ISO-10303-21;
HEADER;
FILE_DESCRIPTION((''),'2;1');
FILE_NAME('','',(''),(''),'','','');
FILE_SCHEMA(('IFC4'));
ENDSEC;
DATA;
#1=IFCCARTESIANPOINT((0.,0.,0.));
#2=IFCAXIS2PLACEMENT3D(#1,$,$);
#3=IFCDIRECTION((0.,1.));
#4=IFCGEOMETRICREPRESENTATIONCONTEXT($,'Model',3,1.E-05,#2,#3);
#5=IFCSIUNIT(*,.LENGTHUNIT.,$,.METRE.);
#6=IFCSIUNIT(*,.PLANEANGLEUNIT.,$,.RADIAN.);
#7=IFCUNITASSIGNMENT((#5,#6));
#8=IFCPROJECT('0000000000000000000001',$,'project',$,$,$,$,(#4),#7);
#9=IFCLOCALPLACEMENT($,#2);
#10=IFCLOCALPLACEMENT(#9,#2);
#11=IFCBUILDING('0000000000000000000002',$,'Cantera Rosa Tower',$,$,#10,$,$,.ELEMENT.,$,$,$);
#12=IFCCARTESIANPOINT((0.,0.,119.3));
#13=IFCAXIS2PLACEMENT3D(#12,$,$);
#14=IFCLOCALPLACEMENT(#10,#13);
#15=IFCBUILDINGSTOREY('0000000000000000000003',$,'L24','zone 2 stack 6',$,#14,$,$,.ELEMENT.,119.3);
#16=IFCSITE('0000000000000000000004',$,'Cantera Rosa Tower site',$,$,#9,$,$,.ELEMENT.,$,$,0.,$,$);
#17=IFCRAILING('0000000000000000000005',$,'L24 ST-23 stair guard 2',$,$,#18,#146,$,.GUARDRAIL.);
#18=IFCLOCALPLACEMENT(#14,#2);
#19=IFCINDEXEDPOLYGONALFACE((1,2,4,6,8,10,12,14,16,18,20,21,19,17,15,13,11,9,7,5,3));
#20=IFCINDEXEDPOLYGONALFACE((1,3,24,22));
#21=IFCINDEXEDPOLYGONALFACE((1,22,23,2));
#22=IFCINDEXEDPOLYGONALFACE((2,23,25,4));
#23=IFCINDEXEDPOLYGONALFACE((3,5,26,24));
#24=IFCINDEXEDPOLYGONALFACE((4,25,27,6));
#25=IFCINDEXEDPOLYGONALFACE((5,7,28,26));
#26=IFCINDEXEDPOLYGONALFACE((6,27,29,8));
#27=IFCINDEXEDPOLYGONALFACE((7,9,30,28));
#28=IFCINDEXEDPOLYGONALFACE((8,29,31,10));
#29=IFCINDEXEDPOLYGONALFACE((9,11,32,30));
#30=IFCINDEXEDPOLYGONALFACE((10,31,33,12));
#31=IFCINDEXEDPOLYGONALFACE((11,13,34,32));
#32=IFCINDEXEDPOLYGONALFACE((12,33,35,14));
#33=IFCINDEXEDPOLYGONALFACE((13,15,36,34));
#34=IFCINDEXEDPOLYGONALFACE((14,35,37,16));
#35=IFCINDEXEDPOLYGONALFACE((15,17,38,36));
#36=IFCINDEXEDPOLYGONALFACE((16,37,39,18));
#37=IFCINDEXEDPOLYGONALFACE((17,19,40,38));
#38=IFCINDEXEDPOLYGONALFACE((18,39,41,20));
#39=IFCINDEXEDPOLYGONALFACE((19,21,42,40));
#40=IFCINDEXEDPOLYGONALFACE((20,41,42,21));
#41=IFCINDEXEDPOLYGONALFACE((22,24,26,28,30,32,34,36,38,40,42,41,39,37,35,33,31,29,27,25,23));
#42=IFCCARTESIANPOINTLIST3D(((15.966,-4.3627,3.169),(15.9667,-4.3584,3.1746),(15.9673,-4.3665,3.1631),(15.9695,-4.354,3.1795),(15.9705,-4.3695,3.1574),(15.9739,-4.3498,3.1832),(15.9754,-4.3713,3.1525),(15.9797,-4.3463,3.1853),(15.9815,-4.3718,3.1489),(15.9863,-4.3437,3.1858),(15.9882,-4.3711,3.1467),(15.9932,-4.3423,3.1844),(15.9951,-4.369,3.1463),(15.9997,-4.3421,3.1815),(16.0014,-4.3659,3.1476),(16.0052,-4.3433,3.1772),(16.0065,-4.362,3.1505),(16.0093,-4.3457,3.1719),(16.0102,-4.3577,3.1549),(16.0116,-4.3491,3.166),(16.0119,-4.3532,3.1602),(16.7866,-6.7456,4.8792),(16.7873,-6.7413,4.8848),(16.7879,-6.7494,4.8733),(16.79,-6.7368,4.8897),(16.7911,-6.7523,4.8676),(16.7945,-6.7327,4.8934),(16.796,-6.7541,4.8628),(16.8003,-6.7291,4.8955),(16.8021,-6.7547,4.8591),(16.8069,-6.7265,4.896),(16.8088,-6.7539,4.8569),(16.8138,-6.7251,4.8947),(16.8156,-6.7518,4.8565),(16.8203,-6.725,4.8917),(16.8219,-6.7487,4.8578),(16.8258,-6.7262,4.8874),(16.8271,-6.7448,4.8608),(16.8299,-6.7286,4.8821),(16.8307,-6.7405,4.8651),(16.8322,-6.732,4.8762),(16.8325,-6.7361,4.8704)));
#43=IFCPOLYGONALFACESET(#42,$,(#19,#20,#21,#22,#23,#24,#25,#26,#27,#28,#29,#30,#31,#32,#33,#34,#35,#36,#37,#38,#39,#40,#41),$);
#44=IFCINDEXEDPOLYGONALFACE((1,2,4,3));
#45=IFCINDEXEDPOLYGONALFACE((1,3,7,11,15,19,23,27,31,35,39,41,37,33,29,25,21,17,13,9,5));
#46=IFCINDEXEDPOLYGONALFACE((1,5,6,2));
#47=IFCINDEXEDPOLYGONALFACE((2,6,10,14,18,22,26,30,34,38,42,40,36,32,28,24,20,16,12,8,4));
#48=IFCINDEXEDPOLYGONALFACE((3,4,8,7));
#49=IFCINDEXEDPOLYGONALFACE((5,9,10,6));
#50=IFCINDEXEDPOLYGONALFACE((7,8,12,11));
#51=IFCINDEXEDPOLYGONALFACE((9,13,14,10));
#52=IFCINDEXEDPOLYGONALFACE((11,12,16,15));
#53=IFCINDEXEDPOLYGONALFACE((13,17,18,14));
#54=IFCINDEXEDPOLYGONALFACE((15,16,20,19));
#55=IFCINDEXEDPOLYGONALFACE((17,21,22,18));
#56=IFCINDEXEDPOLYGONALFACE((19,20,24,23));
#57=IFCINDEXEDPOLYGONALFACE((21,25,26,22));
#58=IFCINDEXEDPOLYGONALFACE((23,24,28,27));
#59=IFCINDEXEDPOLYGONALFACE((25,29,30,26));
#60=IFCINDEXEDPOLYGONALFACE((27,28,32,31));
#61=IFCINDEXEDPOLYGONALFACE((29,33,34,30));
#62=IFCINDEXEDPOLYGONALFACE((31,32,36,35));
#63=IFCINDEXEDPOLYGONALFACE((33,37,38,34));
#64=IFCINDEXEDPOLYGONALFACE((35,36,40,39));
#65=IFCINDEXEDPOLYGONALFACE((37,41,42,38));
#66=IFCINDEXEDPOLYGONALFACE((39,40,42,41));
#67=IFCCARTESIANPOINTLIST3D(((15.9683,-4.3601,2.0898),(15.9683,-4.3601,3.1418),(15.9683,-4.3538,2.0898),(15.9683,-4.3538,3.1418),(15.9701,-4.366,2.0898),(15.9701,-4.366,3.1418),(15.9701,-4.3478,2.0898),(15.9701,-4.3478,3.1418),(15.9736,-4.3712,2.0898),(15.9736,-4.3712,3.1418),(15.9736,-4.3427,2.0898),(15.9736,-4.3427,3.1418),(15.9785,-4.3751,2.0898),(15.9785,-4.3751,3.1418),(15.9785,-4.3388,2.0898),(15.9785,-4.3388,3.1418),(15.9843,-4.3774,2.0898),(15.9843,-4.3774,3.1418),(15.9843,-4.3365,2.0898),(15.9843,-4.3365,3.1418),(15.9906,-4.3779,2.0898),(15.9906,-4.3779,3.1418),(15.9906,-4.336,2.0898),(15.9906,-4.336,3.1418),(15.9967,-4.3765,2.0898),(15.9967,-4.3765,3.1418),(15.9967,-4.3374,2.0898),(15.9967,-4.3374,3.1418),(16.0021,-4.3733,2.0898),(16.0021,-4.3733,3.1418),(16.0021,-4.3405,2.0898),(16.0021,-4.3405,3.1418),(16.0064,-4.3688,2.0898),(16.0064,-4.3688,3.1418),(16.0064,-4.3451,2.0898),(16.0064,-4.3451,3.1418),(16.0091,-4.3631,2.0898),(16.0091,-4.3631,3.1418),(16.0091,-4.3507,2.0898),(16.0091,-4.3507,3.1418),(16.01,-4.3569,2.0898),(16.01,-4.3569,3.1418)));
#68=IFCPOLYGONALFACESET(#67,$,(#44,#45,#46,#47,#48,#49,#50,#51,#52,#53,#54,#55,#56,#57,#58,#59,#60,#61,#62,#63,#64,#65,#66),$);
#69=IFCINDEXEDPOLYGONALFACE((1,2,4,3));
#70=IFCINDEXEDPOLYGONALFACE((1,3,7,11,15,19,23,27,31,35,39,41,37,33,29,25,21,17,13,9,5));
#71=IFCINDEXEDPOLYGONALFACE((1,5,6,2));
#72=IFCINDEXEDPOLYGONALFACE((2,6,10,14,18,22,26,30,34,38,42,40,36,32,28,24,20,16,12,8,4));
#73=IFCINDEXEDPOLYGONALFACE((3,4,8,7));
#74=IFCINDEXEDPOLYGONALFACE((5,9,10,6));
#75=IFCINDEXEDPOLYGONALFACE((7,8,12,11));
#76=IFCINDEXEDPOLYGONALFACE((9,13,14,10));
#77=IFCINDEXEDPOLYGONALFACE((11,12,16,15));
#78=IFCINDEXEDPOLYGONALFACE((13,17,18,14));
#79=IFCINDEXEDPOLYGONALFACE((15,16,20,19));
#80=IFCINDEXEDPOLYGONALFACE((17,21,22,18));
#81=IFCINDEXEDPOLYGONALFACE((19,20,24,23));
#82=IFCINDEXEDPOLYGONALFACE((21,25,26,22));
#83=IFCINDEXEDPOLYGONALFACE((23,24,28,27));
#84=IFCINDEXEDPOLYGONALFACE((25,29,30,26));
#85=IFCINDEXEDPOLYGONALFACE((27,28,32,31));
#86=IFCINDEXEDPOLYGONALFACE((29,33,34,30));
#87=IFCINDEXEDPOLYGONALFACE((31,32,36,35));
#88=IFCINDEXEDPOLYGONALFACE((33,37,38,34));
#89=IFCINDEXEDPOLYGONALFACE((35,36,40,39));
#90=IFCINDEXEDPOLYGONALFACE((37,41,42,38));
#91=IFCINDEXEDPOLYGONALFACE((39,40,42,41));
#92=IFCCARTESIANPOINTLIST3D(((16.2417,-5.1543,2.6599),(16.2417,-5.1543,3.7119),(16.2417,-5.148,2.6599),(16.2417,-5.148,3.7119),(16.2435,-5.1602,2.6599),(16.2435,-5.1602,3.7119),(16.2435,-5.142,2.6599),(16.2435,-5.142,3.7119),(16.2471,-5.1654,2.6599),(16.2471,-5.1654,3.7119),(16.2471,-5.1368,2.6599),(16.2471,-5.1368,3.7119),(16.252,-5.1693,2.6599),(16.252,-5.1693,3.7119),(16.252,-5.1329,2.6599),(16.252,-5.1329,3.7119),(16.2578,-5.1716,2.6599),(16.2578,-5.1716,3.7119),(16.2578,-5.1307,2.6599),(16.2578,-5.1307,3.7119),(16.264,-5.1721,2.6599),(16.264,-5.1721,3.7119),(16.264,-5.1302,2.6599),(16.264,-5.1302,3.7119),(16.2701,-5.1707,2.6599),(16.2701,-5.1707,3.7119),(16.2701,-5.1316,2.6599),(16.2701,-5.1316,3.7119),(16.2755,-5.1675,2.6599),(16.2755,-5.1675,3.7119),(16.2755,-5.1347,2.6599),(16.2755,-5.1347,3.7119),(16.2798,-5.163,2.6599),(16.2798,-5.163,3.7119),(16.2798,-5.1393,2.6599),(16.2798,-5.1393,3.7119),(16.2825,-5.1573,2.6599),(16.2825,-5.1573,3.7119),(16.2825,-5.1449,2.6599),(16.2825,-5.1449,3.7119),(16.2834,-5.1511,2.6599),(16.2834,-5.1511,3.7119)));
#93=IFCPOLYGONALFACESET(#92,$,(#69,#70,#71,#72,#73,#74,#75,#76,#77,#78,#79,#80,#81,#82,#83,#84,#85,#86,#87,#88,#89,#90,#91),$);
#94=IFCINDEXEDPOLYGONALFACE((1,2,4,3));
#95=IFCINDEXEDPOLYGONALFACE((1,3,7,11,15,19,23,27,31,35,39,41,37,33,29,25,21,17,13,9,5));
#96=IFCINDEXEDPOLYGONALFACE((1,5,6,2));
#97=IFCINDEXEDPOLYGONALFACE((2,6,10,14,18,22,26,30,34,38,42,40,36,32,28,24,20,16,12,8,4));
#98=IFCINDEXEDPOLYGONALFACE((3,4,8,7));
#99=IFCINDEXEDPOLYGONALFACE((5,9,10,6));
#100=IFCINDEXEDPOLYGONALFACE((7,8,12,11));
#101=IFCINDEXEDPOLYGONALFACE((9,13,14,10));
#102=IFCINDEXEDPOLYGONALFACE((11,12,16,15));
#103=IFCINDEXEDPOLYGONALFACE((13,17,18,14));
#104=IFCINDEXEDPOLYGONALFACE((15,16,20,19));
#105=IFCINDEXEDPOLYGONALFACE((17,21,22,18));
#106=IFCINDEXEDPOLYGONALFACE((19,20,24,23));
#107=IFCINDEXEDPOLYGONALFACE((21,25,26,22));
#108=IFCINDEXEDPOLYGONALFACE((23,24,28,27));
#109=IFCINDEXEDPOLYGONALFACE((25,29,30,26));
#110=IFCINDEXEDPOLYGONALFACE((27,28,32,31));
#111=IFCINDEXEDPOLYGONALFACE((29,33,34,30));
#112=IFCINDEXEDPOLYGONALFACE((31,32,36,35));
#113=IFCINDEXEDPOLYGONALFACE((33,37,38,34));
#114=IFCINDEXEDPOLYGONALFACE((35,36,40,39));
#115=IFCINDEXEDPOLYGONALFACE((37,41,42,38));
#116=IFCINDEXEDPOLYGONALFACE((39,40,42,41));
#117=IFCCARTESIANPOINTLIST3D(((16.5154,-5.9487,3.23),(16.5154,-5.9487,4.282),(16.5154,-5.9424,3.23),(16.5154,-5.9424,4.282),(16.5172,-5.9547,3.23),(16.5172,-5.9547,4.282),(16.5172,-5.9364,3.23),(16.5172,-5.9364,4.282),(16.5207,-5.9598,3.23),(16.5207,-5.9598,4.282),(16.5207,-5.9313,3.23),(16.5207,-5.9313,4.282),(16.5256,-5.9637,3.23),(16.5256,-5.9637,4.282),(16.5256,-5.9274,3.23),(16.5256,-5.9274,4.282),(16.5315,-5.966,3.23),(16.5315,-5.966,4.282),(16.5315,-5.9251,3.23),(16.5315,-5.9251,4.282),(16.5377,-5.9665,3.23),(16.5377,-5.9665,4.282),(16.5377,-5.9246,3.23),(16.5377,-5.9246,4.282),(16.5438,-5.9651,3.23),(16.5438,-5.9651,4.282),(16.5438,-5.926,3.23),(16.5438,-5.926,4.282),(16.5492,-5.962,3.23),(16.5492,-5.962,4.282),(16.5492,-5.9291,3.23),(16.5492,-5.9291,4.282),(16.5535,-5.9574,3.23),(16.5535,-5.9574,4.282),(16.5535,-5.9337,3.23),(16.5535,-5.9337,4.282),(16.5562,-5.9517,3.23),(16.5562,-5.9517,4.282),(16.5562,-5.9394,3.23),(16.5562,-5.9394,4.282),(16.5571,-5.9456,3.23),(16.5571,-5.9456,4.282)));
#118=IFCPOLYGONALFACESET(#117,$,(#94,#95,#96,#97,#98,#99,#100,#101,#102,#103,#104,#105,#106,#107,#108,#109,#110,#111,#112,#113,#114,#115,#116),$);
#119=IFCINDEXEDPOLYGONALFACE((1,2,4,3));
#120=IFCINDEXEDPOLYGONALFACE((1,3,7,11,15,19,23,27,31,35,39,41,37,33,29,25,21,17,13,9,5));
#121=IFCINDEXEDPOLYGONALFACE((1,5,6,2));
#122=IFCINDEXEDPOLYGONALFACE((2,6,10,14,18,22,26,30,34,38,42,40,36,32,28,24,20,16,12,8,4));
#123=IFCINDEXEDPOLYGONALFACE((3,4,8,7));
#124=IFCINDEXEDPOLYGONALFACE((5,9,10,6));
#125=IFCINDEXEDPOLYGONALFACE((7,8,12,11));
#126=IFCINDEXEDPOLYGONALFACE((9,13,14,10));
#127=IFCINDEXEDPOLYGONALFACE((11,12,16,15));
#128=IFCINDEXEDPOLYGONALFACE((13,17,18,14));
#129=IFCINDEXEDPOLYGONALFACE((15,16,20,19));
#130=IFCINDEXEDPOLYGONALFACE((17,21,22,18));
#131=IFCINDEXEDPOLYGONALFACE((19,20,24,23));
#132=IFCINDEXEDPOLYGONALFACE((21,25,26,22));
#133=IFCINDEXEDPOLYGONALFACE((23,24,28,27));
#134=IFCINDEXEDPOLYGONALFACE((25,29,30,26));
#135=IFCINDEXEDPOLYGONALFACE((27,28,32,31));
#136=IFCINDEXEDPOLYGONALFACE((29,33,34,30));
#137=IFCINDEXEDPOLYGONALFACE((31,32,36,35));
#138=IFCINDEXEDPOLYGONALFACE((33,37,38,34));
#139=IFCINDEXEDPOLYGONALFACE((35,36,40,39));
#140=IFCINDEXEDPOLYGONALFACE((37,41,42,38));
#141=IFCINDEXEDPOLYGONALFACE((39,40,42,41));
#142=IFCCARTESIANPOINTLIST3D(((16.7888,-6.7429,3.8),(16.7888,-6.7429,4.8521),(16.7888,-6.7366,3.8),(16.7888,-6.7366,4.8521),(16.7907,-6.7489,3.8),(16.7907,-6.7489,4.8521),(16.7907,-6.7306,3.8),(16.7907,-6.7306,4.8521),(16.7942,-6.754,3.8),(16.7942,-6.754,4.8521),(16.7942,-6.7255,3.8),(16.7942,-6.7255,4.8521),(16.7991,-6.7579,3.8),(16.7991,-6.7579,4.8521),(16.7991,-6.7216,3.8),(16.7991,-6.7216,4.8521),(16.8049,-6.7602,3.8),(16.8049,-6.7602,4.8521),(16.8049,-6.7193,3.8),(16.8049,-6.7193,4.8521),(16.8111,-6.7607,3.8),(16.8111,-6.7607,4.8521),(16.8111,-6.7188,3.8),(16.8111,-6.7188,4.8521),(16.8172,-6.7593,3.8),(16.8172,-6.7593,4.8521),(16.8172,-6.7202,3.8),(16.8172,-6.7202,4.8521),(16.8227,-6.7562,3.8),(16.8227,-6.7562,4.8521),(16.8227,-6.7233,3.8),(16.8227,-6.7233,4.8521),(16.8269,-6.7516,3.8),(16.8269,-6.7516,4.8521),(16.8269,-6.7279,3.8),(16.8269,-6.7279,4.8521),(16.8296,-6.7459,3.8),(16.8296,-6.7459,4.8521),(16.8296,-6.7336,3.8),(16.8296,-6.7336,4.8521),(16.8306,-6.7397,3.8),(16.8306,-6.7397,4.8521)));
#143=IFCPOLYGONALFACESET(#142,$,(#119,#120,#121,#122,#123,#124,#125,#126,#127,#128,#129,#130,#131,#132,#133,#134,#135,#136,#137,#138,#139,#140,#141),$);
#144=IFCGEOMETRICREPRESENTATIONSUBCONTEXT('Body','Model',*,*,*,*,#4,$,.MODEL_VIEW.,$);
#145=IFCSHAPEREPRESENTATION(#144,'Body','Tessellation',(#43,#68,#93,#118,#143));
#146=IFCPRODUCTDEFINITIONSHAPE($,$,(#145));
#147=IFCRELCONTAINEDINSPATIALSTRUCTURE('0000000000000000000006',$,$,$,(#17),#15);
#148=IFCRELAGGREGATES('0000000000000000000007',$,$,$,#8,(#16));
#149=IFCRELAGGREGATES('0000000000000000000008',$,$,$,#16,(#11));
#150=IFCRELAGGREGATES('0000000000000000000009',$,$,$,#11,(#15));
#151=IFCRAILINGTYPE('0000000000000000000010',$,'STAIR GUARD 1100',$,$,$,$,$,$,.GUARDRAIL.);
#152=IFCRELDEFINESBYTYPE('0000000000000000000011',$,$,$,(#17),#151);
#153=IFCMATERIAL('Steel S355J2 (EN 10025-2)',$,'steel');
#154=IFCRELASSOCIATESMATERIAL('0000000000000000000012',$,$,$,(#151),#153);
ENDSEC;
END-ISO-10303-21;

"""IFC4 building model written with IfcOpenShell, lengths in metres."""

from ifc_helpers import new_model, si_unit, direction, frame, origin, origin_2d, place, context, subcontext, project, spatial, circle, extrude, material, type_object, element, save


model = new_model("IFC4")

# Units and contexts
model_context = context("Model", 3, precision=1e-05, world=origin(), true_north=direction((0.0, 1.0)))
body_context = subcontext(model_context, "Body", "Model", "MODEL_VIEW")
ifc_project = project(units=[si_unit("LENGTHUNIT", "METRE"), si_unit("PLANEANGLEUNIT", "RADIAN")], contexts=[model_context])

# Site, building, storey
site_placement = place(None, origin())
site = spatial("IfcSite", under=ifc_project, at=site_placement, Name="Cantera Rosa Tower site", CompositionType="ELEMENT", RefElevation=0.0)
building_placement = place(site_placement, origin())
building = spatial("IfcBuilding", under=site, at=building_placement, Name="Cantera Rosa Tower", CompositionType="ELEMENT")
storey_placement = place(building_placement, frame((0.0, 0.0, 119.3)))
storey = spatial("IfcBuildingStorey", under=building, at=storey_placement, Name="L24", Description="zone 2 stack 6", CompositionType="ELEMENT", Elevation=119.3)

# Railing
ifc_material_1 = material(Name="Steel S355J2 (EN 10025-2)", Category="steel")
railing_type_1 = type_object("IfcRailingType", Name="STAIR GUARD 1100", PredefinedType="GUARDRAIL", material=ifc_material_1)
railing_1_placement = place(storey_placement, frame((15.989, -4.3569, 2.0898)))
element("IfcRailing", 1, at=railing_1_placement, inside=storey, type_object=railing_type_1, Name="L24 ST-23 stair guard 2", PredefinedType="GUARDRAIL", context=body_context, shape_type="SweptSolid", body=[
    extrude(circle(Radius=0.0239, at=origin_2d()), frame((0.0, 0.0, 1.0762), z_axis=(0.26942, -0.782369, 0.561526), x_axis=(0.945508, 0.3256, 0.0)), (0.0, 0.0, 1.0), 3.0457),
    extrude(circle(Radius=0.021, at=origin_2d()), origin(), (0.0, 0.0, 1.0), 1.052),
    extrude(circle(Radius=0.021, at=origin_2d()), frame((0.2734, -0.7942, 0.5701)), (0.0, 0.0, 1.0), 1.052),
    extrude(circle(Radius=0.021, at=origin_2d()), frame((0.5471, -1.5886, 1.1401)), (0.0, 0.0, 1.0), 1.052),
    extrude(circle(Radius=0.021, at=origin_2d()), frame((0.8206, -2.3828, 1.7102)), (0.0, 0.0, 1.0), 1.052),
])

save(model, "model.ifc")
